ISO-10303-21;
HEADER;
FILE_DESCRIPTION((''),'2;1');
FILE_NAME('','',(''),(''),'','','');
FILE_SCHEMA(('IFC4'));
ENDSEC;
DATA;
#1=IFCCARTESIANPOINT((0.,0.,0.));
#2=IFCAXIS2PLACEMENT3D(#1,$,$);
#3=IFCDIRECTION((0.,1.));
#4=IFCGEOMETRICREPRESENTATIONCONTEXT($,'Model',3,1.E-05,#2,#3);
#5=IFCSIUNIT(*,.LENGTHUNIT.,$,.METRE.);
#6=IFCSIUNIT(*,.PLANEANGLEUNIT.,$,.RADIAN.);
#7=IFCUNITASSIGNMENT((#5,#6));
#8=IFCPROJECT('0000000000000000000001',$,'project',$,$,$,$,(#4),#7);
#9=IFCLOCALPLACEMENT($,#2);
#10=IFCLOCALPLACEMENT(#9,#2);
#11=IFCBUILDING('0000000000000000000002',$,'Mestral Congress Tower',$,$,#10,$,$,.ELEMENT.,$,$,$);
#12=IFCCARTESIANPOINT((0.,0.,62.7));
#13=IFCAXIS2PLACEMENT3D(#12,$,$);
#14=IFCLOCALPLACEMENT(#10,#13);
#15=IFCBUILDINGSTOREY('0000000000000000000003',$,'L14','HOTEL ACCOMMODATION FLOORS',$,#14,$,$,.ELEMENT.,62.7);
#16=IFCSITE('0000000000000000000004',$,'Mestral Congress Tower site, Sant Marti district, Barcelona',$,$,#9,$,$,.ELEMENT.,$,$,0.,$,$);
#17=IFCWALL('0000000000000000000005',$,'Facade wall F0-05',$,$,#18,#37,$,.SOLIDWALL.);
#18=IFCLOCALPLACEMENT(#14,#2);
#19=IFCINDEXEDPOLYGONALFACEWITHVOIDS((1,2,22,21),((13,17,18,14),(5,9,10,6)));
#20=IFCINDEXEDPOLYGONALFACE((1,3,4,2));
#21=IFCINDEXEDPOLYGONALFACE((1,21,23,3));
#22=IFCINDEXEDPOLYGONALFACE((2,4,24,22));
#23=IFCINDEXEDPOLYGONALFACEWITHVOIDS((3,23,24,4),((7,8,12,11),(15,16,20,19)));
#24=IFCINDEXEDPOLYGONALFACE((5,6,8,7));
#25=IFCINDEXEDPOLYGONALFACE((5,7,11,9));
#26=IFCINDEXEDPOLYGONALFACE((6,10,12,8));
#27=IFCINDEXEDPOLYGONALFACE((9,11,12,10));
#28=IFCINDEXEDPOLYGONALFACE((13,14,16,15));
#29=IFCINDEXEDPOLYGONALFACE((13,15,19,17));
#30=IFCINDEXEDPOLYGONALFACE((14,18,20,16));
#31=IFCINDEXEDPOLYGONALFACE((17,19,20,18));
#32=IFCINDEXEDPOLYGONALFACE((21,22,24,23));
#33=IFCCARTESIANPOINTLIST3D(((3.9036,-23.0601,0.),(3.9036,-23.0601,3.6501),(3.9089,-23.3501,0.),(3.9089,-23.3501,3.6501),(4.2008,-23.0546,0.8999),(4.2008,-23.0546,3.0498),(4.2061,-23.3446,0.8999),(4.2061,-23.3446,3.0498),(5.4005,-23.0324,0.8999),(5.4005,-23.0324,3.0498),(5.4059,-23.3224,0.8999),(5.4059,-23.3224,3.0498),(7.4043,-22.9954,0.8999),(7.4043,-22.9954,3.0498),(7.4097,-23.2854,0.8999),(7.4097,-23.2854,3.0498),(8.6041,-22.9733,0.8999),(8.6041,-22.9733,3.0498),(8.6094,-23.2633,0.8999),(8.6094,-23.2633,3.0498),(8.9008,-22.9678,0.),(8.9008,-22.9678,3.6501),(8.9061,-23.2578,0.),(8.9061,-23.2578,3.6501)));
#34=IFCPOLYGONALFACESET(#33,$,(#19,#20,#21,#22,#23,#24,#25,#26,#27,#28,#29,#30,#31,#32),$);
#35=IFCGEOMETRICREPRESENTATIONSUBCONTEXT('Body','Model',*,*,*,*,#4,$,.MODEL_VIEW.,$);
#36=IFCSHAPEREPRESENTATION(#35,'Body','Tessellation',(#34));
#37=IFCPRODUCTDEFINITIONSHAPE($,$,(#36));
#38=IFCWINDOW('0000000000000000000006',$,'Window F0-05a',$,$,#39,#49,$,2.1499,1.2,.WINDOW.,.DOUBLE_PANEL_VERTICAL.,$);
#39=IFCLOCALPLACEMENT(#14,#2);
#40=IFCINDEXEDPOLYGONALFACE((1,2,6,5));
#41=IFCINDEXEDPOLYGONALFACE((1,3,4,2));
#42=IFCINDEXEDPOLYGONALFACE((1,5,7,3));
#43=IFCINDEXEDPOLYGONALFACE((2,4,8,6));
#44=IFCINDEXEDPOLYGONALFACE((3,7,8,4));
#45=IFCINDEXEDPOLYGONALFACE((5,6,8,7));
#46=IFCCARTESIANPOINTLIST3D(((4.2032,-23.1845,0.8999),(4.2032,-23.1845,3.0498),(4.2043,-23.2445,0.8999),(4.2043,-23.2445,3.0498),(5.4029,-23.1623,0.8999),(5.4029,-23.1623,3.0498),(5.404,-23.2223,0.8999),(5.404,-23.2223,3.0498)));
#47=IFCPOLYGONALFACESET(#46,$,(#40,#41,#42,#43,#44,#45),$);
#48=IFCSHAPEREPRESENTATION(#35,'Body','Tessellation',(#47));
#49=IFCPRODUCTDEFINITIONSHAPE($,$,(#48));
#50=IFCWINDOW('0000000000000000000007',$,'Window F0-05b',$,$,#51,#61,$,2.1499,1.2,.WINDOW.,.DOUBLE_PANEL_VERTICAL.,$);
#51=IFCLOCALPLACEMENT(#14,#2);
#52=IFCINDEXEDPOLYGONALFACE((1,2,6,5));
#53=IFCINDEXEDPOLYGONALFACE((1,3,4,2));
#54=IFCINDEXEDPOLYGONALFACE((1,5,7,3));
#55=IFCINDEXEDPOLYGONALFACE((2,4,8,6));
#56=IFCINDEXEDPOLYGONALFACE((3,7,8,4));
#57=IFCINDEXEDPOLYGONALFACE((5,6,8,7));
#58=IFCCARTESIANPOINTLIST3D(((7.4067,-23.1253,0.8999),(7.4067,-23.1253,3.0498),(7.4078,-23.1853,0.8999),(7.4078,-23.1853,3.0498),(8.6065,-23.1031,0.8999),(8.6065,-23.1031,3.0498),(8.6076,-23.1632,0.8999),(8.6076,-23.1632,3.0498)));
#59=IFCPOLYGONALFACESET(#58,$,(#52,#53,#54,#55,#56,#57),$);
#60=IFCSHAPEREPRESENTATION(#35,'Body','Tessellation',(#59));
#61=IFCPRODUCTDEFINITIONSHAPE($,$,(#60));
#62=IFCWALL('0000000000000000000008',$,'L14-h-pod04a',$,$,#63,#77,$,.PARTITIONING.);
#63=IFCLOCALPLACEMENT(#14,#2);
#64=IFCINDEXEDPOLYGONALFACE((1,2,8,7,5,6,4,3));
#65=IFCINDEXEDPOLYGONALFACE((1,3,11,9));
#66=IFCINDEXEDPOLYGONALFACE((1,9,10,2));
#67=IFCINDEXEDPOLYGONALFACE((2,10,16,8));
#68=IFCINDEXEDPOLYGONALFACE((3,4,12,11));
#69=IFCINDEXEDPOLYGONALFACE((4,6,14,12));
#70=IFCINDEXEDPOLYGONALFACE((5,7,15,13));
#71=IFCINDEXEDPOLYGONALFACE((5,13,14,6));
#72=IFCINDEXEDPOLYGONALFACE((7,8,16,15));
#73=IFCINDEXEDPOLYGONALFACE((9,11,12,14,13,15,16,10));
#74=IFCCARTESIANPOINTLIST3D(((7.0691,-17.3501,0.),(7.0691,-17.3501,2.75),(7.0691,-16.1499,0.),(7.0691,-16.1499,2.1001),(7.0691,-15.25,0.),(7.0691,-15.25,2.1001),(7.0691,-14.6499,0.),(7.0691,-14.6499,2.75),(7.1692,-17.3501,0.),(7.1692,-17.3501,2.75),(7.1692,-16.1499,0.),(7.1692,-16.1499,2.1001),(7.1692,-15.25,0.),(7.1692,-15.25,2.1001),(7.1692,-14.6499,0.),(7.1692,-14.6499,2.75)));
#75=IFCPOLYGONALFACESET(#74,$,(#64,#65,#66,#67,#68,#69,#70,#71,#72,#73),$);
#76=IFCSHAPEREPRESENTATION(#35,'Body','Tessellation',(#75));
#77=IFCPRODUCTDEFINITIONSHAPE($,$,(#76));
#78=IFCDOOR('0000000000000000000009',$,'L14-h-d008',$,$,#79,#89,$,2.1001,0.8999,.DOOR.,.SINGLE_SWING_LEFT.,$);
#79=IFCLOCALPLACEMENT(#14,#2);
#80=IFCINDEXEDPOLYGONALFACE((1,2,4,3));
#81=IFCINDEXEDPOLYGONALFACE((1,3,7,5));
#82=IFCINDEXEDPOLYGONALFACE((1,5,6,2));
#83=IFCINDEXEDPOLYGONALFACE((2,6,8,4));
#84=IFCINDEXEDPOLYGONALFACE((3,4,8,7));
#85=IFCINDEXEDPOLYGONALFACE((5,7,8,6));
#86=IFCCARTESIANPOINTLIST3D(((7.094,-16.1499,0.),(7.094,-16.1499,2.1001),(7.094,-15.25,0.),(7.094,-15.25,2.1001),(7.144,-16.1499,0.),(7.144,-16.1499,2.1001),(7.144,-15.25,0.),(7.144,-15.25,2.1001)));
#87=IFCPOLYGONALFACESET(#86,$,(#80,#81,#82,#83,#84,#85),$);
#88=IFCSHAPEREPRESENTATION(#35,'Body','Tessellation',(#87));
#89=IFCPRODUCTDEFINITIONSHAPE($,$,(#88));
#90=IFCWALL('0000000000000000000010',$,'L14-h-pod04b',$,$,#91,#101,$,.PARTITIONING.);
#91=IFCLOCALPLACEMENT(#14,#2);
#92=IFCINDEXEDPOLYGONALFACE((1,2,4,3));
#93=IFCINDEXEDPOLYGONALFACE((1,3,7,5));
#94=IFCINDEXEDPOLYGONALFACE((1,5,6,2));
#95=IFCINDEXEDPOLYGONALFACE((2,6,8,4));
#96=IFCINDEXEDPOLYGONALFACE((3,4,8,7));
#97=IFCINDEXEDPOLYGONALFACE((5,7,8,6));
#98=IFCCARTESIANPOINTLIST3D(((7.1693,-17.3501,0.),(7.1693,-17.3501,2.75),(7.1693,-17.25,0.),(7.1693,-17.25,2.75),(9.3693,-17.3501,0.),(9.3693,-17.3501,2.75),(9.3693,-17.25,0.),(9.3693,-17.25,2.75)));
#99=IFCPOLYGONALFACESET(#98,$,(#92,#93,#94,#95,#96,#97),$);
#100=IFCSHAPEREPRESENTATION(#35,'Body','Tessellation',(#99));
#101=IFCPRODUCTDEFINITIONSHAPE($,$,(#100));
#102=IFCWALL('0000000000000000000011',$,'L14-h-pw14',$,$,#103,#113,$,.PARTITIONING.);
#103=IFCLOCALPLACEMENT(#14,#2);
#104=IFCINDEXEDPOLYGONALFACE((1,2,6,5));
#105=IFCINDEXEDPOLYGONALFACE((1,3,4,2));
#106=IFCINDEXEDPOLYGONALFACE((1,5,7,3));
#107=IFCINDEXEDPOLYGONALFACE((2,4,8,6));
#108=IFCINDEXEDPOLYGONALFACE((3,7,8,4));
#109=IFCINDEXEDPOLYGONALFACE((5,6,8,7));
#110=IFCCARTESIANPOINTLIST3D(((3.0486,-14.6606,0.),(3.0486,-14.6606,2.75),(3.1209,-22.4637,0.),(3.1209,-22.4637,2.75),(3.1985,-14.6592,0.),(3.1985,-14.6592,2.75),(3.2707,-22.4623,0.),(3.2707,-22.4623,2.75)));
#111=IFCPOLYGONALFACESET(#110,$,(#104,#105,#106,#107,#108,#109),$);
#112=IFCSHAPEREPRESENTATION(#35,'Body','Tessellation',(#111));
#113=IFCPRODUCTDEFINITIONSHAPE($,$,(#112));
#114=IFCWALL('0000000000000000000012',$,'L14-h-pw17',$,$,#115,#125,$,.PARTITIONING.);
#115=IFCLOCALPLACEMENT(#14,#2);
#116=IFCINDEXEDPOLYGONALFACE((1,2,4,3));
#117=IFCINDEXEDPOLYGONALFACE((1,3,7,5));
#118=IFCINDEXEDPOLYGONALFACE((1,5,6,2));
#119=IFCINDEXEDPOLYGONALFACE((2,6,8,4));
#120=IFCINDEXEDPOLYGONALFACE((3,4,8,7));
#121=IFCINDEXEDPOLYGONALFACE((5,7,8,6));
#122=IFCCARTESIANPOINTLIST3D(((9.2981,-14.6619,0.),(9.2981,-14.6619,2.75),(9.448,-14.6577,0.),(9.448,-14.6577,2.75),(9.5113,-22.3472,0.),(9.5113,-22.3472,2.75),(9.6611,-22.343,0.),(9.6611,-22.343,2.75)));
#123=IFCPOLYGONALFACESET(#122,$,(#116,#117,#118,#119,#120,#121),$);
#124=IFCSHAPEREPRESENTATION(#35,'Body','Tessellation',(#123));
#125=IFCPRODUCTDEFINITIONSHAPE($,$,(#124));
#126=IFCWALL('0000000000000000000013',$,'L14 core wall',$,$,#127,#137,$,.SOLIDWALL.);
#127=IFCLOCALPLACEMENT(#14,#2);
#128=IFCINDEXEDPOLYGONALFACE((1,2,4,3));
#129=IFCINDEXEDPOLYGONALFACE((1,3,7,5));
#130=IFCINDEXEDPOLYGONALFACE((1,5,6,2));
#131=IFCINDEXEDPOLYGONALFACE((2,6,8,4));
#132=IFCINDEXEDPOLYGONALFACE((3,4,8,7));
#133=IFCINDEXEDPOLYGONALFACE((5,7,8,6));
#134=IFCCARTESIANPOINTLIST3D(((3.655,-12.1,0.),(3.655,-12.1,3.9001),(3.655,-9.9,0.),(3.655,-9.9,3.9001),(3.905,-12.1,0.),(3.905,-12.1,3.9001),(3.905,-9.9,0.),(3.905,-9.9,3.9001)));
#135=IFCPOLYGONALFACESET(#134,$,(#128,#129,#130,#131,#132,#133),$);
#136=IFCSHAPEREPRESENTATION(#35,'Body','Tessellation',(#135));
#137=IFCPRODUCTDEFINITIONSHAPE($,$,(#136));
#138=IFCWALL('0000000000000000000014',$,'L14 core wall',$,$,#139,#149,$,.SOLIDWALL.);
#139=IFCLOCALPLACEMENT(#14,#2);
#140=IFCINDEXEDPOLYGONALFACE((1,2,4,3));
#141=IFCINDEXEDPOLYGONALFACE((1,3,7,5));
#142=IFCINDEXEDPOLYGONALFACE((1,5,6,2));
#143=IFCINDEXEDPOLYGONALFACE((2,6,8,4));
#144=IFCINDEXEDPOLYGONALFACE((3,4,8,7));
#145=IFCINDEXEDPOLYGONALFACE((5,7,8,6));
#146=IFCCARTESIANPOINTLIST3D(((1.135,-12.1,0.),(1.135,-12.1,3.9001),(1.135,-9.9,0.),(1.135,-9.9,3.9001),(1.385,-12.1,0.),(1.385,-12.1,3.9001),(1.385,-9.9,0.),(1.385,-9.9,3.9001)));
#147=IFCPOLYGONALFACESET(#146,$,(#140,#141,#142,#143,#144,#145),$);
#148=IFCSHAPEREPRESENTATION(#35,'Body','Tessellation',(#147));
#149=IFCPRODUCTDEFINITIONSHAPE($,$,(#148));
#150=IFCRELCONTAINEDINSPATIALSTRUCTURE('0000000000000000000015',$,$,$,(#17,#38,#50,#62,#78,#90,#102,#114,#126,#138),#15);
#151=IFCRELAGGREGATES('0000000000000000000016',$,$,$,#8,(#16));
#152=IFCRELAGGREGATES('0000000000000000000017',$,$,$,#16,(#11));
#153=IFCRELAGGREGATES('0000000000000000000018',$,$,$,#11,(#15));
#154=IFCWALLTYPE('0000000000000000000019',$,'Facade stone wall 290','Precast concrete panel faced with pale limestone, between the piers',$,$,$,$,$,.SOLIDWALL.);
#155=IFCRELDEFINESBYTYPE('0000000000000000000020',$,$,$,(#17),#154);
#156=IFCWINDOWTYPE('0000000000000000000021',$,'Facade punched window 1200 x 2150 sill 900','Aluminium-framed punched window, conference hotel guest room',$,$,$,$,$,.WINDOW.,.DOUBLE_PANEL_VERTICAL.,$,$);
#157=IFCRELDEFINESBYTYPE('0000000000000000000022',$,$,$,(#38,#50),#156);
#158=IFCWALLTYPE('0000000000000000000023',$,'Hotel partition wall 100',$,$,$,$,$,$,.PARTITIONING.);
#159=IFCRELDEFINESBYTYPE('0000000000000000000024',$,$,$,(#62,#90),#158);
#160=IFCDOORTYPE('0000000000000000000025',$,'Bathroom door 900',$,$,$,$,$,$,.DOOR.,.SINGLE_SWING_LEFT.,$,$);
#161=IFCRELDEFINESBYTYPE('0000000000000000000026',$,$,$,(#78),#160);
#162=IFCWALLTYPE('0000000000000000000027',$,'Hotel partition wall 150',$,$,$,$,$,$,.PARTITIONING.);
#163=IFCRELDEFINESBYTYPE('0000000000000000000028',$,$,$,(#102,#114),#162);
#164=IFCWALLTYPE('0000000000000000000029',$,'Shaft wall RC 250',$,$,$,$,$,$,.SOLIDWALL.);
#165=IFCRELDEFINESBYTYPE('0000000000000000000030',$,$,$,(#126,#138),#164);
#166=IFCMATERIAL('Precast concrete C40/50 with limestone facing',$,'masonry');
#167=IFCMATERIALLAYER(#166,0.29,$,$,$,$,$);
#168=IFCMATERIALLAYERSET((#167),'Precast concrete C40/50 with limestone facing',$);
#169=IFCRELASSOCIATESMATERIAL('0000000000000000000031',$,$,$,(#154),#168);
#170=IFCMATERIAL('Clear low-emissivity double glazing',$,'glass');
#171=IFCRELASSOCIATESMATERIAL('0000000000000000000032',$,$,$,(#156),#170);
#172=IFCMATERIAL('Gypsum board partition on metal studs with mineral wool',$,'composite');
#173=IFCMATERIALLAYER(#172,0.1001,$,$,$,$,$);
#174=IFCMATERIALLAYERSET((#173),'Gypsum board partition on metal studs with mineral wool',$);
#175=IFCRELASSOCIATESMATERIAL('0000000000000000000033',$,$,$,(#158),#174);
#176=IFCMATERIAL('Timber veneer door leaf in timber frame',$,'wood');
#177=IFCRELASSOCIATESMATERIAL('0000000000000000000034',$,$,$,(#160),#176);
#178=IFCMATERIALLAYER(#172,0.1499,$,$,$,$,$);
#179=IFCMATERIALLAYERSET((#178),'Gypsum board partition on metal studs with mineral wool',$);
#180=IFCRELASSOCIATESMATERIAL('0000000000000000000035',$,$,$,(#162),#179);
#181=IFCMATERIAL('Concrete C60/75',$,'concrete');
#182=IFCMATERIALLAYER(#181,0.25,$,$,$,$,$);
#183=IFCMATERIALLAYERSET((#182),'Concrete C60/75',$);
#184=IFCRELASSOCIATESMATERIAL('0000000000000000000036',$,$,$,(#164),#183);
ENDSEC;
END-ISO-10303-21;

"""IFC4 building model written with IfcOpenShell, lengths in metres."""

from ifc_helpers import new_model, si_unit, direction, frame, frame_2d, origin, place, context, subcontext, project, spatial, rectangle, extrude, material, layer, layer_set, type_object, element, fill, save


model = new_model("IFC4")

# Units and contexts
model_context = context("Model", 3, precision=1e-05, world=origin(), true_north=direction((0.0, 1.0)))
body_context = subcontext(model_context, "Body", "Model", "MODEL_VIEW")
ifc_project = project(units=[si_unit("LENGTHUNIT", "METRE"), si_unit("PLANEANGLEUNIT", "RADIAN")], contexts=[model_context])

# Site, building, storey
site_placement = place(None, origin())
site = spatial("IfcSite", under=ifc_project, at=site_placement, Name="Mestral Congress Tower site, Sant Marti district, Barcelona", CompositionType="ELEMENT", RefElevation=0.0)
building_placement = place(site_placement, origin())
building = spatial("IfcBuilding", under=site, at=building_placement, Name="Mestral Congress Tower", CompositionType="ELEMENT")
storey_placement = place(building_placement, frame((0.0, 0.0, 62.7)))
storey = spatial("IfcBuildingStorey", under=building, at=storey_placement, Name="L14", Description="HOTEL ACCOMMODATION FLOORS", CompositionType="ELEMENT", Elevation=62.7)

# Wall, openings, windows
ifc_material_1 = material(Name="Precast concrete C40/50 with limestone facing", Category="masonry")
ifc_layer_1 = layer(ifc_material_1, 0.29)
ifc_layer_set_1 = layer_set([ifc_layer_1], Name="Precast concrete C40/50 with limestone facing")
wall_type_1 = type_object("IfcWallType", Name="Facade stone wall 290", Description="Precast concrete panel faced with pale limestone, between the piers", PredefinedType="SOLIDWALL", material=ifc_layer_set_1)
wall_1_placement = place(storey_placement, frame((3.9062, -23.2051, 0.0), z_axis=(0.0, 0.0, 1.0), x_axis=(0.99983, 0.018464, 0.0)))
wall_1 = element("IfcWall", 1, at=wall_1_placement, inside=storey, type_object=wall_type_1, Name="Facade wall F0-05", PredefinedType="SOLIDWALL", context=body_context, shape_type="SweptSolid", body=[
    extrude(rectangle(XDim=4.998, YDim=0.29, at=frame_2d((2.499, 0.0))), origin(), (0.0, 0.0, 1.0), 3.6501),
])
opening_1_placement = place(wall_1_placement, frame((0.2971, 0.0, 0.8999)))
opening_1 = element("IfcOpeningElement", 2, at=opening_1_placement, cuts=wall_1, PredefinedType="OPENING", context=body_context, shape_type="SweptSolid", body=[
    extrude(rectangle(XDim=1.2, YDim=2.1499, at=frame_2d((0.6001, 1.075))), frame((0.0, 0.155, 0.0), z_axis=(0.0, -1.0, 0.0), x_axis=(1.0, 0.0, 0.0)), (0.0, 0.0, 1.0), 0.3101),
])
opening_2_placement = place(wall_1_placement, frame((3.5012, 0.0, 0.8999)))
opening_2 = element("IfcOpeningElement", 3, at=opening_2_placement, cuts=wall_1, PredefinedType="OPENING", context=body_context, shape_type="SweptSolid", body=[
    extrude(rectangle(XDim=1.2, YDim=2.1499, at=frame_2d((0.6001, 1.075))), frame((0.0, 0.155, 0.0), z_axis=(0.0, -1.0, 0.0), x_axis=(1.0, 0.0, 0.0)), (0.0, 0.0, 1.0), 0.3101),
])
ifc_material_2 = material(Name="Clear low-emissivity double glazing", Category="glass")
window_type = type_object("IfcWindowType", Name="Facade punched window 1200 x 2150 sill 900", Description="Aluminium-framed punched window, conference hotel guest room", PartitioningType="DOUBLE_PANEL_VERTICAL", PredefinedType="WINDOW", material=ifc_material_2)
window_1_placement = place(opening_1_placement, origin())
window_1 = element("IfcWindow", 4, at=window_1_placement, inside=storey, type_object=window_type, Name="Window F0-05a", OverallHeight=2.1499, OverallWidth=1.2, PartitioningType="DOUBLE_PANEL_VERTICAL", PredefinedType="WINDOW", context=body_context, shape_type="SweptSolid", body=[
    extrude(rectangle(XDim=1.2, YDim=2.1499, at=frame_2d((0.6001, 1.075))), frame((0.0, 0.0151, 0.0), z_axis=(0.0, -1.0, 0.0), x_axis=(1.0, 0.0, 0.0)), (0.0, 0.0, 1.0), 0.0601),
])
fill(opening_1, window_1)
window_2_placement = place(opening_2_placement, origin())
window_2 = element("IfcWindow", 5, at=window_2_placement, inside=storey, type_object=window_type, Name="Window F0-05b", OverallHeight=2.1499, OverallWidth=1.2, PartitioningType="DOUBLE_PANEL_VERTICAL", PredefinedType="WINDOW", context=body_context, shape_type="SweptSolid", body=[
    extrude(rectangle(XDim=1.2, YDim=2.1499, at=frame_2d((0.6001, 1.075))), frame((0.0, 0.0151, 0.0), z_axis=(0.0, -1.0, 0.0), x_axis=(1.0, 0.0, 0.0)), (0.0, 0.0, 1.0), 0.0601),
])
fill(opening_2, window_2)

# Wall, opening, door
ifc_material_3 = material(Name="Gypsum board partition on metal studs with mineral wool", Category="composite")
ifc_layer_2 = layer(ifc_material_3, 0.1001)
ifc_layer_set_2 = layer_set([ifc_layer_2], Name="Gypsum board partition on metal studs with mineral wool")
wall_type_2 = type_object("IfcWallType", Name="Hotel partition wall 100", PredefinedType="PARTITIONING", material=ifc_layer_set_2)
wall_2_placement = place(storey_placement, frame((7.1191, -14.6499, 0.0), z_axis=(0.0, 0.0, 1.0), x_axis=(0.0, -1.0, 0.0)))
wall_2 = element("IfcWall", 6, at=wall_2_placement, inside=storey, type_object=wall_type_2, Name="L14-h-pod04a", PredefinedType="PARTITIONING", context=body_context, shape_type="SweptSolid", body=[
    extrude(rectangle(XDim=2.7002, YDim=0.1001, at=frame_2d((1.3501, 0.0))), origin(), (0.0, 0.0, 1.0), 2.75),
])
opening_3_placement = place(wall_2_placement, frame((0.6001, 0.0, 0.0)))
opening_3 = element("IfcOpeningElement", 7, at=opening_3_placement, cuts=wall_2, PredefinedType="OPENING", context=body_context, shape_type="SweptSolid", body=[
    extrude(rectangle(XDim=0.8999, YDim=2.1001, at=frame_2d((0.45, 1.05))), frame((0.0, 0.0601, 0.0), z_axis=(0.0, -1.0, 0.0), x_axis=(1.0, 0.0, 0.0)), (0.0, 0.0, 1.0), 0.1201),
])
ifc_material_4 = material(Name="Timber veneer door leaf in timber frame", Category="wood")
door_type = type_object("IfcDoorType", Name="Bathroom door 900", OperationType="SINGLE_SWING_LEFT", PredefinedType="DOOR", material=ifc_material_4)
door_placement = place(opening_3_placement, origin())
door = element("IfcDoor", 8, at=door_placement, inside=storey, type_object=door_type, Name="L14-h-d008", OperationType="SINGLE_SWING_LEFT", OverallHeight=2.1001, OverallWidth=0.8999, PredefinedType="DOOR", context=body_context, shape_type="SweptSolid", body=[
    extrude(rectangle(XDim=0.8999, YDim=2.1001, at=frame_2d((0.45, 1.05))), frame((0.0, 0.0249, 0.0), z_axis=(0.0, -1.0, 0.0), x_axis=(1.0, 0.0, 0.0)), (0.0, 0.0, 1.0), 0.05),
])
fill(opening_3, door)

# Walls
wall_3_placement = place(storey_placement, frame((7.1692, -17.3, 0.0), z_axis=(0.0, 0.0, 1.0), x_axis=(1.0, 0.0, 0.0)))
element("IfcWall", 9, at=wall_3_placement, inside=storey, type_object=wall_type_2, Name="L14-h-pod04b", PredefinedType="PARTITIONING", context=body_context, shape_type="SweptSolid", body=[
    extrude(rectangle(XDim=2.2, YDim=0.1001, at=frame_2d((1.1001, 0.0))), origin(), (0.0, 0.0, 1.0), 2.75),
])
ifc_layer_3 = layer(ifc_material_3, 0.1499)
ifc_layer_set_3 = layer_set([ifc_layer_3], Name="Gypsum board partition on metal studs with mineral wool")
wall_type_3 = type_object("IfcWallType", Name="Hotel partition wall 150", PredefinedType="PARTITIONING", material=ifc_layer_set_3)
wall_4_placement = place(storey_placement, frame((3.1958, -22.4631, 0.0), z_axis=(0.0, 0.0, 1.0), x_axis=(-0.009261, 0.999957, 0.0)))
element("IfcWall", 10, at=wall_4_placement, inside=storey, type_object=wall_type_3, Name="L14-h-pw14", PredefinedType="PARTITIONING", context=body_context, shape_type="SweptSolid", body=[
    extrude(rectangle(XDim=7.8035, YDim=0.1499, at=frame_2d((3.9019, 0.0))), origin(), (0.0, 0.0, 1.0), 2.75),
])
wall_5_placement = place(storey_placement, frame((9.5862, -22.3452, 0.0), z_axis=(0.0, 0.0, 1.0), x_axis=(-0.027722, 0.999616, 0.0)))
element("IfcWall", 11, at=wall_5_placement, inside=storey, type_object=wall_type_3, Name="L14-h-pw17", PredefinedType="PARTITIONING", context=body_context, shape_type="SweptSolid", body=[
    extrude(rectangle(XDim=7.6882, YDim=0.1499, at=frame_2d((3.8442, 0.0))), origin(), (0.0, 0.0, 1.0), 2.75),
])
ifc_material_5 = material(Name="Concrete C60/75", Category="concrete")
ifc_layer_4 = layer(ifc_material_5, 0.25)
ifc_layer_set_4 = layer_set([ifc_layer_4], Name="Concrete C60/75")
wall_type_4 = type_object("IfcWallType", Name="Shaft wall RC 250", PredefinedType="SOLIDWALL", material=ifc_layer_set_4)
for number, where, z_axis, x_axis, name in (
    (12, (3.78, -12.1001, 0.0), (0.0, 0.0, 1.0), (0.0, 1.0, 0.0), "L14 core wall"),
    (13, (1.26, -12.1001, 0.0), (0.0, 0.0, 1.0), (0.0, 1.0, 0.0), "L14 core wall"),
):
    element("IfcWall", number, at=place(storey_placement, frame(where, z_axis=z_axis, x_axis=x_axis)), inside=storey, type_object=wall_type_4, Name=name, PredefinedType="SOLIDWALL", context=body_context, shape_type="SweptSolid", body=[
        extrude(rectangle(XDim=2.2, YDim=0.25, at=frame_2d((1.1001, 0.0))), origin(), (0.0, 0.0, 1.0), 3.9001),
    ])

save(model, "model.ifc")
